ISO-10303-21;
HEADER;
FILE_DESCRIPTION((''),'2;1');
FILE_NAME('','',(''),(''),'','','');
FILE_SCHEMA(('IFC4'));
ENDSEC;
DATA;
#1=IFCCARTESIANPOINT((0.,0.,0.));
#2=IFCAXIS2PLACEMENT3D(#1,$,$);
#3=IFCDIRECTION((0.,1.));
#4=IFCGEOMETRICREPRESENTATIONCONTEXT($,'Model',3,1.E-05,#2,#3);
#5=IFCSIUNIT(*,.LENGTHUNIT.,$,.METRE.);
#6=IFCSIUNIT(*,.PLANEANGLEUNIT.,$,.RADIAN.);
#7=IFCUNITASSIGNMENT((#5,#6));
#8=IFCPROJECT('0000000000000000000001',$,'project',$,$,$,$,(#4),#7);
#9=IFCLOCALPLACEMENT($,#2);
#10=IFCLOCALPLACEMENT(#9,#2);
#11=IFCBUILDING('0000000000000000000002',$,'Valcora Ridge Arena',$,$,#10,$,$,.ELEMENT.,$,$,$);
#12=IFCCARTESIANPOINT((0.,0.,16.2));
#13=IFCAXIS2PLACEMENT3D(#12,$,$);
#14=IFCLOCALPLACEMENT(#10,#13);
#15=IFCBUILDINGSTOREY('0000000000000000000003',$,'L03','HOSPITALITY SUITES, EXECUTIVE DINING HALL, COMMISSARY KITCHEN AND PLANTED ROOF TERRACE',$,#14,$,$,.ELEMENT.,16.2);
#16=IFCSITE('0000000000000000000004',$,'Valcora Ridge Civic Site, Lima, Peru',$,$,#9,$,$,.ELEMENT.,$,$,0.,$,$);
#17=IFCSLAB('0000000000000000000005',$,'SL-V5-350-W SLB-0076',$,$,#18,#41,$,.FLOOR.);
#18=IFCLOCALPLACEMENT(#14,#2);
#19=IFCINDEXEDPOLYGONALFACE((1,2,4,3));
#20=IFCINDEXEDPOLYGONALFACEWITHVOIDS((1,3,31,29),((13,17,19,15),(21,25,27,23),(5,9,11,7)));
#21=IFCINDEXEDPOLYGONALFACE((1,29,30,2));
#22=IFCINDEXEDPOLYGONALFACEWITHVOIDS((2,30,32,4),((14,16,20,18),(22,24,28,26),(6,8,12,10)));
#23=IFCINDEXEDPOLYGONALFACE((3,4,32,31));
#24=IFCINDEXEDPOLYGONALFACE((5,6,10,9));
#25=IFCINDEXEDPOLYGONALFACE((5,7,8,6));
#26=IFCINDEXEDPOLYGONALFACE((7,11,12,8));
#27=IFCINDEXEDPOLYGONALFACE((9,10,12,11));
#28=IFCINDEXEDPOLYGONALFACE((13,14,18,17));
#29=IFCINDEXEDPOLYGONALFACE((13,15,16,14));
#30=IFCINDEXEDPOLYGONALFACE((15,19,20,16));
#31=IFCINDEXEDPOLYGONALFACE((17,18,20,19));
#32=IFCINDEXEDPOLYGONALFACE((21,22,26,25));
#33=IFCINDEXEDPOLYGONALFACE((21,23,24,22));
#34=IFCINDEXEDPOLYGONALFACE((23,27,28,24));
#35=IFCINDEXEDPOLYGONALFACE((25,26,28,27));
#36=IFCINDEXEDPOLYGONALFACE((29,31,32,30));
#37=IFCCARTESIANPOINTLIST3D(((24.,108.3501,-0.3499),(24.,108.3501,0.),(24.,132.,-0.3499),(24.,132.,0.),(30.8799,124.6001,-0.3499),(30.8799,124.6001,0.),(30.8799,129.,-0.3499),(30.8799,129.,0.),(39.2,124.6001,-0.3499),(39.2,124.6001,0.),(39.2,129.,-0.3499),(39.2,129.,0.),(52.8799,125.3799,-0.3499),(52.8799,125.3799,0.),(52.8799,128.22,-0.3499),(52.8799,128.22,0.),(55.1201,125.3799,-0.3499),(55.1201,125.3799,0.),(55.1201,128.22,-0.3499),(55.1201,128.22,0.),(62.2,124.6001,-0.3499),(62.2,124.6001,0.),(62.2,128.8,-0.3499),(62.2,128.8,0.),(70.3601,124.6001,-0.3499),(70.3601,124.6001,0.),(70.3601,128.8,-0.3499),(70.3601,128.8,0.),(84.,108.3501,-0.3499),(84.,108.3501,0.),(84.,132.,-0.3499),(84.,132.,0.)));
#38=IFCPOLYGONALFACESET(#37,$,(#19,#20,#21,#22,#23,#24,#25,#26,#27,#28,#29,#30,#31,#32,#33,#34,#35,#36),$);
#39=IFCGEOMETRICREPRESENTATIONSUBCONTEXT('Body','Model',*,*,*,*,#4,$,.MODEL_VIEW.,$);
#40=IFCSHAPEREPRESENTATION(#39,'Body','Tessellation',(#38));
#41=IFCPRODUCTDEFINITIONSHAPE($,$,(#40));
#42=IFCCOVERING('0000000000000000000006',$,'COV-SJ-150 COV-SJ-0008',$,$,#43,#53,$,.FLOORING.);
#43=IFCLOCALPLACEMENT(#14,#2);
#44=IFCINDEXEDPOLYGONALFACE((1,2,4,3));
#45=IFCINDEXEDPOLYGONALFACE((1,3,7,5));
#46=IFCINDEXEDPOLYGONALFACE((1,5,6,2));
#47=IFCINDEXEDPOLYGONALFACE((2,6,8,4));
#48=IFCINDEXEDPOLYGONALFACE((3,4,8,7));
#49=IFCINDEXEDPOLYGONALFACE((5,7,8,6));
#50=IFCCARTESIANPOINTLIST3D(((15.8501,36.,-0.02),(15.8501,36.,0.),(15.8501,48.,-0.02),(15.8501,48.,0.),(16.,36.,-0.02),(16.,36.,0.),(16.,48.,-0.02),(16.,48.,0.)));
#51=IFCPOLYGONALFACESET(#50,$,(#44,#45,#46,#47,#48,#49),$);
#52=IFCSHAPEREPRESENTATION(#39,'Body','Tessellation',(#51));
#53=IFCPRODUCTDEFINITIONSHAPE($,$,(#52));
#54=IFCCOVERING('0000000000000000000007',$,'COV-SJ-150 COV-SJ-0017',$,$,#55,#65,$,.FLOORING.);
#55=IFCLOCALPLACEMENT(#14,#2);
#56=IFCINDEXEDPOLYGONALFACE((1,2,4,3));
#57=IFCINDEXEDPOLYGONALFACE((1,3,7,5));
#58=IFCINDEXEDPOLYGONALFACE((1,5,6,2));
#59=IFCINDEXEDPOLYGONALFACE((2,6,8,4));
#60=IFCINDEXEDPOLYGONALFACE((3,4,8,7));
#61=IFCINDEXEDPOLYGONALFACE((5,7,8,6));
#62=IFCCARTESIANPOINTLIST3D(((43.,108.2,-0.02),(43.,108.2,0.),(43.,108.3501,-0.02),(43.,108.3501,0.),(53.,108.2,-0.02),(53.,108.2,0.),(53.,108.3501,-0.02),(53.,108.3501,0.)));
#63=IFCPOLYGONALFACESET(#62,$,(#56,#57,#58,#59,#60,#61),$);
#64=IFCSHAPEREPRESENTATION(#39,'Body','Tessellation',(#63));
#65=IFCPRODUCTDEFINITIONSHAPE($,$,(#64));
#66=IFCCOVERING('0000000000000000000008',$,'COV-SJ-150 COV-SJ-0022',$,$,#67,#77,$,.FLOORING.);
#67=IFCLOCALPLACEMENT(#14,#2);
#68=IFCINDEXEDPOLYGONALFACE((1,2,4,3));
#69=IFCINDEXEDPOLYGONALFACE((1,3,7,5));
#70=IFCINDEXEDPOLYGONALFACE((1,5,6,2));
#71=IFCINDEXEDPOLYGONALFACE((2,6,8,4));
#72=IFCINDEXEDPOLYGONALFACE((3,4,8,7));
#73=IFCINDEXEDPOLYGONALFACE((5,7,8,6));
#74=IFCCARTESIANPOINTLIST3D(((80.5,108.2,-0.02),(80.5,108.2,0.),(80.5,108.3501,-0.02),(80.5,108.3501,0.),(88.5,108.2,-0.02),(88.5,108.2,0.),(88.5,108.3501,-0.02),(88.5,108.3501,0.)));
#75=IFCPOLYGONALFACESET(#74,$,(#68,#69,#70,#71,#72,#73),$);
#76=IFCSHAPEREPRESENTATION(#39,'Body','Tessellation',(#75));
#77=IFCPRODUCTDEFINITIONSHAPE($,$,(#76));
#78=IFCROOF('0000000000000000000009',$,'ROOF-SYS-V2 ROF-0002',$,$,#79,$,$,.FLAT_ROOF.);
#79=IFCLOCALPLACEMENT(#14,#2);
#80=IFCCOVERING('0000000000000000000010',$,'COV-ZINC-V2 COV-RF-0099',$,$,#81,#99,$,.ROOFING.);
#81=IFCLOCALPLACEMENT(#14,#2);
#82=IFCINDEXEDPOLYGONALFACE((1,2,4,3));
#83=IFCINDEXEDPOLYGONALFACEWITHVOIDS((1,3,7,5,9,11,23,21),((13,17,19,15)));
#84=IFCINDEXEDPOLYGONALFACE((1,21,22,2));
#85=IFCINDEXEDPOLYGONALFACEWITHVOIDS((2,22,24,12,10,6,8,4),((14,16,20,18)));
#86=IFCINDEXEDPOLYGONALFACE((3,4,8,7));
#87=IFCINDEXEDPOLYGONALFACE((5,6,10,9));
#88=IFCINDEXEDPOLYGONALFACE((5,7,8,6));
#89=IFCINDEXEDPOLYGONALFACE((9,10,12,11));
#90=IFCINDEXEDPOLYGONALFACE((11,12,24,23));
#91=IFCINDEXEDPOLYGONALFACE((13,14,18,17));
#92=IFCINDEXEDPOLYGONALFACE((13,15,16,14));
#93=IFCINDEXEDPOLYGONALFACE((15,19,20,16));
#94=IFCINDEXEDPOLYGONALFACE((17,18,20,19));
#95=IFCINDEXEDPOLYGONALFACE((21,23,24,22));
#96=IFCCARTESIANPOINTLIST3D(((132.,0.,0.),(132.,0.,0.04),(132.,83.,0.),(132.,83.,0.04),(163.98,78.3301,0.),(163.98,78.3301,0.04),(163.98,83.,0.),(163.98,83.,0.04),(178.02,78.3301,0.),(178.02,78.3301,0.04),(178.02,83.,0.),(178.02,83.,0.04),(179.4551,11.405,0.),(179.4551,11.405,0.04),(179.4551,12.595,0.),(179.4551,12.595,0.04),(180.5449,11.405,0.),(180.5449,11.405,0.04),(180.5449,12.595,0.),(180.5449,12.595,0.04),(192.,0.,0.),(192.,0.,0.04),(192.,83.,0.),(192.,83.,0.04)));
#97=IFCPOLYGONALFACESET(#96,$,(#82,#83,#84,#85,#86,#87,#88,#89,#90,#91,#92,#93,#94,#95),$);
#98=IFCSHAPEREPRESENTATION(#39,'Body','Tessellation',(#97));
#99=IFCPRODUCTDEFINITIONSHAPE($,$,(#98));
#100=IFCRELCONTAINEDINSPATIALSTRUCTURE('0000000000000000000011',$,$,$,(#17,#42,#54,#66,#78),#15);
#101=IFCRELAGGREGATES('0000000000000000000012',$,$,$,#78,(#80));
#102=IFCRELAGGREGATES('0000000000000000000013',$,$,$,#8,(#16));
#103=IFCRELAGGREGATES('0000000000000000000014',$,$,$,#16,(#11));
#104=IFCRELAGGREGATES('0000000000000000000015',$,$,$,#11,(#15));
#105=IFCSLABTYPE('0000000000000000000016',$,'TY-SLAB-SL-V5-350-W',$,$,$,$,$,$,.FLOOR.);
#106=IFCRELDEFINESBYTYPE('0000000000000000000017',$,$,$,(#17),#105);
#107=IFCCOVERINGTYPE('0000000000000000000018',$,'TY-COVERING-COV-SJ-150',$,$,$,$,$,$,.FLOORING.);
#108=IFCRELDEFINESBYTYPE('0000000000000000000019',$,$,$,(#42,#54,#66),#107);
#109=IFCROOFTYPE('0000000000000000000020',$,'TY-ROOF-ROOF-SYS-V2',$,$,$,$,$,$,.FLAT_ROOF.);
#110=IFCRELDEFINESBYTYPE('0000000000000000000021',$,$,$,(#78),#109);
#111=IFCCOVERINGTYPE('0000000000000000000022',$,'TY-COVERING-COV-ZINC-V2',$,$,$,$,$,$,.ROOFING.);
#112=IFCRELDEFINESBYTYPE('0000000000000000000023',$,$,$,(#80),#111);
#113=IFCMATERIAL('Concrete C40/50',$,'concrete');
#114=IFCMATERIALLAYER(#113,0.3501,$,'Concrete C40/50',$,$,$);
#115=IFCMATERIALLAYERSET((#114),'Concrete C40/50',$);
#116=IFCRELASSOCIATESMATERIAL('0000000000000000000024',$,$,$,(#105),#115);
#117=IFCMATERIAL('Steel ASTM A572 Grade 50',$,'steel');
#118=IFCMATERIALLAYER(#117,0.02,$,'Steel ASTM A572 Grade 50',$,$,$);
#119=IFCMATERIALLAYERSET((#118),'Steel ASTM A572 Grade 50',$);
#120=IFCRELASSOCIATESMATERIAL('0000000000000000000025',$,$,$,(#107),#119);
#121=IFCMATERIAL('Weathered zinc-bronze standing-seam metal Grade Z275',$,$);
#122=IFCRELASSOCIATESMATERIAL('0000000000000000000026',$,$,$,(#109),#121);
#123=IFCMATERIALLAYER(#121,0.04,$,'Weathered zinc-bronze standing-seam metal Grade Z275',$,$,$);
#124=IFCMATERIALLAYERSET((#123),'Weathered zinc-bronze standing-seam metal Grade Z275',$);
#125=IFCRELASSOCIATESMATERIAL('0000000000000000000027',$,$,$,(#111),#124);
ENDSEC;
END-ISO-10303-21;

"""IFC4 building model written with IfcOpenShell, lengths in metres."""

from ifc_helpers import new_model, si_unit, direction, frame, origin, place, context, subcontext, project, spatial, polyline, outline, extrude, material, layer, layer_set, type_object, element, aggregate, save


model = new_model("IFC4")

# Units and contexts
model_context = context("Model", 3, precision=1e-05, world=origin(), true_north=direction((0.0, 1.0)))
body_context = subcontext(model_context, "Body", "Model", "MODEL_VIEW")
ifc_project = project(units=[si_unit("LENGTHUNIT", "METRE"), si_unit("PLANEANGLEUNIT", "RADIAN")], contexts=[model_context])

# Site, building, storey
site_placement = place(None, origin())
site = spatial("IfcSite", under=ifc_project, at=site_placement, Name="Valcora Ridge Civic Site, Lima, Peru", CompositionType="ELEMENT", RefElevation=0.0)
building_placement = place(site_placement, origin())
building = spatial("IfcBuilding", under=site, at=building_placement, Name="Valcora Ridge Arena", CompositionType="ELEMENT")
storey_placement = place(building_placement, frame((0.0, 0.0, 16.2)))
storey = spatial("IfcBuildingStorey", under=building, at=storey_placement, Name="L03", Description="HOSPITALITY SUITES, EXECUTIVE DINING HALL, COMMISSARY KITCHEN AND PLANTED ROOF TERRACE", CompositionType="ELEMENT", Elevation=16.2)

# Shared definitions
ifc_material_1 = material(Name="Concrete C40/50", Category="concrete")

# Slab
ifc_layer_1 = layer(ifc_material_1, 0.3501, Name="Concrete C40/50")
ifc_layer_set_1 = layer_set([ifc_layer_1], Name="Concrete C40/50")
slab_type_1 = type_object("IfcSlabType", Name="TY-SLAB-SL-V5-350-W", PredefinedType="FLOOR", material=ifc_layer_set_1)
slab_1_placement = place(storey_placement, frame((0.0, 0.0, -0.3499)))
element("IfcSlab", 1, at=slab_1_placement, inside=storey, type_object=slab_type_1, Name="SL-V5-350-W SLB-0076", PredefinedType="FLOOR", context=body_context, shape_type="SweptSolid", body=[
    extrude(outline(polyline([(24.0, 132.0), (24.0, 108.3501), (84.0, 108.3501), (84.0, 132.0), (24.0, 132.0)]), holes=[polyline([(30.8799, 129.0), (30.8799, 124.6001), (39.2, 124.6001), (39.2, 129.0), (30.8799, 129.0)]), polyline([(62.2, 128.8), (62.2, 124.6001), (70.3601, 124.6001), (70.3601, 128.8), (62.2, 128.8)]), polyline([(55.1201, 128.22), (52.8799, 128.22), (52.8799, 125.3799), (55.1201, 125.3799), (55.1201, 128.22)])]), origin(), (0.0, 0.0, 1.0), 0.3499),
])

# Coverings
ifc_material_2 = material(Name="Steel ASTM A572 Grade 50", Category="steel")
ifc_layer_2 = layer(ifc_material_2, 0.02, Name="Steel ASTM A572 Grade 50")
ifc_layer_set_2 = layer_set([ifc_layer_2], Name="Steel ASTM A572 Grade 50")
covering_type_1 = type_object("IfcCoveringType", Name="TY-COVERING-COV-SJ-150", PredefinedType="FLOORING", material=ifc_layer_set_2)
covering_1_placement = place(storey_placement, frame((0.0, 0.0, -0.02)))
element("IfcCovering", 2, at=covering_1_placement, inside=storey, type_object=covering_type_1, Name="COV-SJ-150 COV-SJ-0008", PredefinedType="FLOORING", context=body_context, shape_type="SweptSolid", body=[
    extrude(outline(polyline([(15.8501, 36.0), (16.0, 36.0), (16.0, 48.0), (15.8501, 48.0), (15.8501, 36.0)])), origin(), (0.0, 0.0, 1.0), 0.02),
])
covering_2_placement = place(storey_placement, frame((0.0, 0.0, -0.02)))
element("IfcCovering", 3, at=covering_2_placement, inside=storey, type_object=covering_type_1, Name="COV-SJ-150 COV-SJ-0017", PredefinedType="FLOORING", context=body_context, shape_type="SweptSolid", body=[
    extrude(outline(polyline([(43.0, 108.2), (53.0, 108.2), (53.0, 108.3501), (43.0, 108.3501), (43.0, 108.2)])), origin(), (0.0, 0.0, 1.0), 0.02),
])
covering_3_placement = place(storey_placement, frame((0.0, 0.0, -0.02)))
element("IfcCovering", 4, at=covering_3_placement, inside=storey, type_object=covering_type_1, Name="COV-SJ-150 COV-SJ-0022", PredefinedType="FLOORING", context=body_context, shape_type="SweptSolid", body=[
    extrude(outline(polyline([(80.5, 108.2), (88.5, 108.2), (88.5, 108.3501), (80.5, 108.3501), (80.5, 108.2)])), origin(), (0.0, 0.0, 1.0), 0.02),
])

# Roof, covering
ifc_material_3 = material(Name="Weathered zinc-bronze standing-seam metal Grade Z275")
roof_type = type_object("IfcRoofType", Name="TY-ROOF-ROOF-SYS-V2", PredefinedType="FLAT_ROOF", material=ifc_material_3)
roof_placement = place(storey_placement, origin())
roof = element("IfcRoof", 5, at=roof_placement, inside=storey, type_object=roof_type, Name="ROOF-SYS-V2 ROF-0002", PredefinedType="FLAT_ROOF")
ifc_layer_3 = layer(ifc_material_3, 0.04, Name="Weathered zinc-bronze standing-seam metal Grade Z275")
ifc_layer_set_3 = layer_set([ifc_layer_3], Name="Weathered zinc-bronze standing-seam metal Grade Z275")
covering_type_2 = type_object("IfcCoveringType", Name="TY-COVERING-COV-ZINC-V2", PredefinedType="ROOFING", material=ifc_layer_set_3)
covering_4_placement = place(storey_placement, origin())
covering_4 = element("IfcCovering", 6, at=covering_4_placement, type_object=covering_type_2, Name="COV-ZINC-V2 COV-RF-0099", PredefinedType="ROOFING", context=body_context, shape_type="SweptSolid", body=[
    extrude(outline(polyline([(192.0, 83.0), (178.02, 83.0), (178.02, 78.3301), (163.98, 78.3301), (163.98, 83.0), (132.0, 83.0), (132.0, 0.0), (192.0, 0.0), (192.0, 83.0)]), holes=[polyline([(180.5449, 12.595), (179.4551, 12.595), (179.4551, 11.405), (180.5449, 11.405), (180.5449, 12.595)])]), origin(), (0.0, 0.0, 1.0), 0.04),
])
aggregate(roof, [covering_4])

save(model, "model.ifc")
